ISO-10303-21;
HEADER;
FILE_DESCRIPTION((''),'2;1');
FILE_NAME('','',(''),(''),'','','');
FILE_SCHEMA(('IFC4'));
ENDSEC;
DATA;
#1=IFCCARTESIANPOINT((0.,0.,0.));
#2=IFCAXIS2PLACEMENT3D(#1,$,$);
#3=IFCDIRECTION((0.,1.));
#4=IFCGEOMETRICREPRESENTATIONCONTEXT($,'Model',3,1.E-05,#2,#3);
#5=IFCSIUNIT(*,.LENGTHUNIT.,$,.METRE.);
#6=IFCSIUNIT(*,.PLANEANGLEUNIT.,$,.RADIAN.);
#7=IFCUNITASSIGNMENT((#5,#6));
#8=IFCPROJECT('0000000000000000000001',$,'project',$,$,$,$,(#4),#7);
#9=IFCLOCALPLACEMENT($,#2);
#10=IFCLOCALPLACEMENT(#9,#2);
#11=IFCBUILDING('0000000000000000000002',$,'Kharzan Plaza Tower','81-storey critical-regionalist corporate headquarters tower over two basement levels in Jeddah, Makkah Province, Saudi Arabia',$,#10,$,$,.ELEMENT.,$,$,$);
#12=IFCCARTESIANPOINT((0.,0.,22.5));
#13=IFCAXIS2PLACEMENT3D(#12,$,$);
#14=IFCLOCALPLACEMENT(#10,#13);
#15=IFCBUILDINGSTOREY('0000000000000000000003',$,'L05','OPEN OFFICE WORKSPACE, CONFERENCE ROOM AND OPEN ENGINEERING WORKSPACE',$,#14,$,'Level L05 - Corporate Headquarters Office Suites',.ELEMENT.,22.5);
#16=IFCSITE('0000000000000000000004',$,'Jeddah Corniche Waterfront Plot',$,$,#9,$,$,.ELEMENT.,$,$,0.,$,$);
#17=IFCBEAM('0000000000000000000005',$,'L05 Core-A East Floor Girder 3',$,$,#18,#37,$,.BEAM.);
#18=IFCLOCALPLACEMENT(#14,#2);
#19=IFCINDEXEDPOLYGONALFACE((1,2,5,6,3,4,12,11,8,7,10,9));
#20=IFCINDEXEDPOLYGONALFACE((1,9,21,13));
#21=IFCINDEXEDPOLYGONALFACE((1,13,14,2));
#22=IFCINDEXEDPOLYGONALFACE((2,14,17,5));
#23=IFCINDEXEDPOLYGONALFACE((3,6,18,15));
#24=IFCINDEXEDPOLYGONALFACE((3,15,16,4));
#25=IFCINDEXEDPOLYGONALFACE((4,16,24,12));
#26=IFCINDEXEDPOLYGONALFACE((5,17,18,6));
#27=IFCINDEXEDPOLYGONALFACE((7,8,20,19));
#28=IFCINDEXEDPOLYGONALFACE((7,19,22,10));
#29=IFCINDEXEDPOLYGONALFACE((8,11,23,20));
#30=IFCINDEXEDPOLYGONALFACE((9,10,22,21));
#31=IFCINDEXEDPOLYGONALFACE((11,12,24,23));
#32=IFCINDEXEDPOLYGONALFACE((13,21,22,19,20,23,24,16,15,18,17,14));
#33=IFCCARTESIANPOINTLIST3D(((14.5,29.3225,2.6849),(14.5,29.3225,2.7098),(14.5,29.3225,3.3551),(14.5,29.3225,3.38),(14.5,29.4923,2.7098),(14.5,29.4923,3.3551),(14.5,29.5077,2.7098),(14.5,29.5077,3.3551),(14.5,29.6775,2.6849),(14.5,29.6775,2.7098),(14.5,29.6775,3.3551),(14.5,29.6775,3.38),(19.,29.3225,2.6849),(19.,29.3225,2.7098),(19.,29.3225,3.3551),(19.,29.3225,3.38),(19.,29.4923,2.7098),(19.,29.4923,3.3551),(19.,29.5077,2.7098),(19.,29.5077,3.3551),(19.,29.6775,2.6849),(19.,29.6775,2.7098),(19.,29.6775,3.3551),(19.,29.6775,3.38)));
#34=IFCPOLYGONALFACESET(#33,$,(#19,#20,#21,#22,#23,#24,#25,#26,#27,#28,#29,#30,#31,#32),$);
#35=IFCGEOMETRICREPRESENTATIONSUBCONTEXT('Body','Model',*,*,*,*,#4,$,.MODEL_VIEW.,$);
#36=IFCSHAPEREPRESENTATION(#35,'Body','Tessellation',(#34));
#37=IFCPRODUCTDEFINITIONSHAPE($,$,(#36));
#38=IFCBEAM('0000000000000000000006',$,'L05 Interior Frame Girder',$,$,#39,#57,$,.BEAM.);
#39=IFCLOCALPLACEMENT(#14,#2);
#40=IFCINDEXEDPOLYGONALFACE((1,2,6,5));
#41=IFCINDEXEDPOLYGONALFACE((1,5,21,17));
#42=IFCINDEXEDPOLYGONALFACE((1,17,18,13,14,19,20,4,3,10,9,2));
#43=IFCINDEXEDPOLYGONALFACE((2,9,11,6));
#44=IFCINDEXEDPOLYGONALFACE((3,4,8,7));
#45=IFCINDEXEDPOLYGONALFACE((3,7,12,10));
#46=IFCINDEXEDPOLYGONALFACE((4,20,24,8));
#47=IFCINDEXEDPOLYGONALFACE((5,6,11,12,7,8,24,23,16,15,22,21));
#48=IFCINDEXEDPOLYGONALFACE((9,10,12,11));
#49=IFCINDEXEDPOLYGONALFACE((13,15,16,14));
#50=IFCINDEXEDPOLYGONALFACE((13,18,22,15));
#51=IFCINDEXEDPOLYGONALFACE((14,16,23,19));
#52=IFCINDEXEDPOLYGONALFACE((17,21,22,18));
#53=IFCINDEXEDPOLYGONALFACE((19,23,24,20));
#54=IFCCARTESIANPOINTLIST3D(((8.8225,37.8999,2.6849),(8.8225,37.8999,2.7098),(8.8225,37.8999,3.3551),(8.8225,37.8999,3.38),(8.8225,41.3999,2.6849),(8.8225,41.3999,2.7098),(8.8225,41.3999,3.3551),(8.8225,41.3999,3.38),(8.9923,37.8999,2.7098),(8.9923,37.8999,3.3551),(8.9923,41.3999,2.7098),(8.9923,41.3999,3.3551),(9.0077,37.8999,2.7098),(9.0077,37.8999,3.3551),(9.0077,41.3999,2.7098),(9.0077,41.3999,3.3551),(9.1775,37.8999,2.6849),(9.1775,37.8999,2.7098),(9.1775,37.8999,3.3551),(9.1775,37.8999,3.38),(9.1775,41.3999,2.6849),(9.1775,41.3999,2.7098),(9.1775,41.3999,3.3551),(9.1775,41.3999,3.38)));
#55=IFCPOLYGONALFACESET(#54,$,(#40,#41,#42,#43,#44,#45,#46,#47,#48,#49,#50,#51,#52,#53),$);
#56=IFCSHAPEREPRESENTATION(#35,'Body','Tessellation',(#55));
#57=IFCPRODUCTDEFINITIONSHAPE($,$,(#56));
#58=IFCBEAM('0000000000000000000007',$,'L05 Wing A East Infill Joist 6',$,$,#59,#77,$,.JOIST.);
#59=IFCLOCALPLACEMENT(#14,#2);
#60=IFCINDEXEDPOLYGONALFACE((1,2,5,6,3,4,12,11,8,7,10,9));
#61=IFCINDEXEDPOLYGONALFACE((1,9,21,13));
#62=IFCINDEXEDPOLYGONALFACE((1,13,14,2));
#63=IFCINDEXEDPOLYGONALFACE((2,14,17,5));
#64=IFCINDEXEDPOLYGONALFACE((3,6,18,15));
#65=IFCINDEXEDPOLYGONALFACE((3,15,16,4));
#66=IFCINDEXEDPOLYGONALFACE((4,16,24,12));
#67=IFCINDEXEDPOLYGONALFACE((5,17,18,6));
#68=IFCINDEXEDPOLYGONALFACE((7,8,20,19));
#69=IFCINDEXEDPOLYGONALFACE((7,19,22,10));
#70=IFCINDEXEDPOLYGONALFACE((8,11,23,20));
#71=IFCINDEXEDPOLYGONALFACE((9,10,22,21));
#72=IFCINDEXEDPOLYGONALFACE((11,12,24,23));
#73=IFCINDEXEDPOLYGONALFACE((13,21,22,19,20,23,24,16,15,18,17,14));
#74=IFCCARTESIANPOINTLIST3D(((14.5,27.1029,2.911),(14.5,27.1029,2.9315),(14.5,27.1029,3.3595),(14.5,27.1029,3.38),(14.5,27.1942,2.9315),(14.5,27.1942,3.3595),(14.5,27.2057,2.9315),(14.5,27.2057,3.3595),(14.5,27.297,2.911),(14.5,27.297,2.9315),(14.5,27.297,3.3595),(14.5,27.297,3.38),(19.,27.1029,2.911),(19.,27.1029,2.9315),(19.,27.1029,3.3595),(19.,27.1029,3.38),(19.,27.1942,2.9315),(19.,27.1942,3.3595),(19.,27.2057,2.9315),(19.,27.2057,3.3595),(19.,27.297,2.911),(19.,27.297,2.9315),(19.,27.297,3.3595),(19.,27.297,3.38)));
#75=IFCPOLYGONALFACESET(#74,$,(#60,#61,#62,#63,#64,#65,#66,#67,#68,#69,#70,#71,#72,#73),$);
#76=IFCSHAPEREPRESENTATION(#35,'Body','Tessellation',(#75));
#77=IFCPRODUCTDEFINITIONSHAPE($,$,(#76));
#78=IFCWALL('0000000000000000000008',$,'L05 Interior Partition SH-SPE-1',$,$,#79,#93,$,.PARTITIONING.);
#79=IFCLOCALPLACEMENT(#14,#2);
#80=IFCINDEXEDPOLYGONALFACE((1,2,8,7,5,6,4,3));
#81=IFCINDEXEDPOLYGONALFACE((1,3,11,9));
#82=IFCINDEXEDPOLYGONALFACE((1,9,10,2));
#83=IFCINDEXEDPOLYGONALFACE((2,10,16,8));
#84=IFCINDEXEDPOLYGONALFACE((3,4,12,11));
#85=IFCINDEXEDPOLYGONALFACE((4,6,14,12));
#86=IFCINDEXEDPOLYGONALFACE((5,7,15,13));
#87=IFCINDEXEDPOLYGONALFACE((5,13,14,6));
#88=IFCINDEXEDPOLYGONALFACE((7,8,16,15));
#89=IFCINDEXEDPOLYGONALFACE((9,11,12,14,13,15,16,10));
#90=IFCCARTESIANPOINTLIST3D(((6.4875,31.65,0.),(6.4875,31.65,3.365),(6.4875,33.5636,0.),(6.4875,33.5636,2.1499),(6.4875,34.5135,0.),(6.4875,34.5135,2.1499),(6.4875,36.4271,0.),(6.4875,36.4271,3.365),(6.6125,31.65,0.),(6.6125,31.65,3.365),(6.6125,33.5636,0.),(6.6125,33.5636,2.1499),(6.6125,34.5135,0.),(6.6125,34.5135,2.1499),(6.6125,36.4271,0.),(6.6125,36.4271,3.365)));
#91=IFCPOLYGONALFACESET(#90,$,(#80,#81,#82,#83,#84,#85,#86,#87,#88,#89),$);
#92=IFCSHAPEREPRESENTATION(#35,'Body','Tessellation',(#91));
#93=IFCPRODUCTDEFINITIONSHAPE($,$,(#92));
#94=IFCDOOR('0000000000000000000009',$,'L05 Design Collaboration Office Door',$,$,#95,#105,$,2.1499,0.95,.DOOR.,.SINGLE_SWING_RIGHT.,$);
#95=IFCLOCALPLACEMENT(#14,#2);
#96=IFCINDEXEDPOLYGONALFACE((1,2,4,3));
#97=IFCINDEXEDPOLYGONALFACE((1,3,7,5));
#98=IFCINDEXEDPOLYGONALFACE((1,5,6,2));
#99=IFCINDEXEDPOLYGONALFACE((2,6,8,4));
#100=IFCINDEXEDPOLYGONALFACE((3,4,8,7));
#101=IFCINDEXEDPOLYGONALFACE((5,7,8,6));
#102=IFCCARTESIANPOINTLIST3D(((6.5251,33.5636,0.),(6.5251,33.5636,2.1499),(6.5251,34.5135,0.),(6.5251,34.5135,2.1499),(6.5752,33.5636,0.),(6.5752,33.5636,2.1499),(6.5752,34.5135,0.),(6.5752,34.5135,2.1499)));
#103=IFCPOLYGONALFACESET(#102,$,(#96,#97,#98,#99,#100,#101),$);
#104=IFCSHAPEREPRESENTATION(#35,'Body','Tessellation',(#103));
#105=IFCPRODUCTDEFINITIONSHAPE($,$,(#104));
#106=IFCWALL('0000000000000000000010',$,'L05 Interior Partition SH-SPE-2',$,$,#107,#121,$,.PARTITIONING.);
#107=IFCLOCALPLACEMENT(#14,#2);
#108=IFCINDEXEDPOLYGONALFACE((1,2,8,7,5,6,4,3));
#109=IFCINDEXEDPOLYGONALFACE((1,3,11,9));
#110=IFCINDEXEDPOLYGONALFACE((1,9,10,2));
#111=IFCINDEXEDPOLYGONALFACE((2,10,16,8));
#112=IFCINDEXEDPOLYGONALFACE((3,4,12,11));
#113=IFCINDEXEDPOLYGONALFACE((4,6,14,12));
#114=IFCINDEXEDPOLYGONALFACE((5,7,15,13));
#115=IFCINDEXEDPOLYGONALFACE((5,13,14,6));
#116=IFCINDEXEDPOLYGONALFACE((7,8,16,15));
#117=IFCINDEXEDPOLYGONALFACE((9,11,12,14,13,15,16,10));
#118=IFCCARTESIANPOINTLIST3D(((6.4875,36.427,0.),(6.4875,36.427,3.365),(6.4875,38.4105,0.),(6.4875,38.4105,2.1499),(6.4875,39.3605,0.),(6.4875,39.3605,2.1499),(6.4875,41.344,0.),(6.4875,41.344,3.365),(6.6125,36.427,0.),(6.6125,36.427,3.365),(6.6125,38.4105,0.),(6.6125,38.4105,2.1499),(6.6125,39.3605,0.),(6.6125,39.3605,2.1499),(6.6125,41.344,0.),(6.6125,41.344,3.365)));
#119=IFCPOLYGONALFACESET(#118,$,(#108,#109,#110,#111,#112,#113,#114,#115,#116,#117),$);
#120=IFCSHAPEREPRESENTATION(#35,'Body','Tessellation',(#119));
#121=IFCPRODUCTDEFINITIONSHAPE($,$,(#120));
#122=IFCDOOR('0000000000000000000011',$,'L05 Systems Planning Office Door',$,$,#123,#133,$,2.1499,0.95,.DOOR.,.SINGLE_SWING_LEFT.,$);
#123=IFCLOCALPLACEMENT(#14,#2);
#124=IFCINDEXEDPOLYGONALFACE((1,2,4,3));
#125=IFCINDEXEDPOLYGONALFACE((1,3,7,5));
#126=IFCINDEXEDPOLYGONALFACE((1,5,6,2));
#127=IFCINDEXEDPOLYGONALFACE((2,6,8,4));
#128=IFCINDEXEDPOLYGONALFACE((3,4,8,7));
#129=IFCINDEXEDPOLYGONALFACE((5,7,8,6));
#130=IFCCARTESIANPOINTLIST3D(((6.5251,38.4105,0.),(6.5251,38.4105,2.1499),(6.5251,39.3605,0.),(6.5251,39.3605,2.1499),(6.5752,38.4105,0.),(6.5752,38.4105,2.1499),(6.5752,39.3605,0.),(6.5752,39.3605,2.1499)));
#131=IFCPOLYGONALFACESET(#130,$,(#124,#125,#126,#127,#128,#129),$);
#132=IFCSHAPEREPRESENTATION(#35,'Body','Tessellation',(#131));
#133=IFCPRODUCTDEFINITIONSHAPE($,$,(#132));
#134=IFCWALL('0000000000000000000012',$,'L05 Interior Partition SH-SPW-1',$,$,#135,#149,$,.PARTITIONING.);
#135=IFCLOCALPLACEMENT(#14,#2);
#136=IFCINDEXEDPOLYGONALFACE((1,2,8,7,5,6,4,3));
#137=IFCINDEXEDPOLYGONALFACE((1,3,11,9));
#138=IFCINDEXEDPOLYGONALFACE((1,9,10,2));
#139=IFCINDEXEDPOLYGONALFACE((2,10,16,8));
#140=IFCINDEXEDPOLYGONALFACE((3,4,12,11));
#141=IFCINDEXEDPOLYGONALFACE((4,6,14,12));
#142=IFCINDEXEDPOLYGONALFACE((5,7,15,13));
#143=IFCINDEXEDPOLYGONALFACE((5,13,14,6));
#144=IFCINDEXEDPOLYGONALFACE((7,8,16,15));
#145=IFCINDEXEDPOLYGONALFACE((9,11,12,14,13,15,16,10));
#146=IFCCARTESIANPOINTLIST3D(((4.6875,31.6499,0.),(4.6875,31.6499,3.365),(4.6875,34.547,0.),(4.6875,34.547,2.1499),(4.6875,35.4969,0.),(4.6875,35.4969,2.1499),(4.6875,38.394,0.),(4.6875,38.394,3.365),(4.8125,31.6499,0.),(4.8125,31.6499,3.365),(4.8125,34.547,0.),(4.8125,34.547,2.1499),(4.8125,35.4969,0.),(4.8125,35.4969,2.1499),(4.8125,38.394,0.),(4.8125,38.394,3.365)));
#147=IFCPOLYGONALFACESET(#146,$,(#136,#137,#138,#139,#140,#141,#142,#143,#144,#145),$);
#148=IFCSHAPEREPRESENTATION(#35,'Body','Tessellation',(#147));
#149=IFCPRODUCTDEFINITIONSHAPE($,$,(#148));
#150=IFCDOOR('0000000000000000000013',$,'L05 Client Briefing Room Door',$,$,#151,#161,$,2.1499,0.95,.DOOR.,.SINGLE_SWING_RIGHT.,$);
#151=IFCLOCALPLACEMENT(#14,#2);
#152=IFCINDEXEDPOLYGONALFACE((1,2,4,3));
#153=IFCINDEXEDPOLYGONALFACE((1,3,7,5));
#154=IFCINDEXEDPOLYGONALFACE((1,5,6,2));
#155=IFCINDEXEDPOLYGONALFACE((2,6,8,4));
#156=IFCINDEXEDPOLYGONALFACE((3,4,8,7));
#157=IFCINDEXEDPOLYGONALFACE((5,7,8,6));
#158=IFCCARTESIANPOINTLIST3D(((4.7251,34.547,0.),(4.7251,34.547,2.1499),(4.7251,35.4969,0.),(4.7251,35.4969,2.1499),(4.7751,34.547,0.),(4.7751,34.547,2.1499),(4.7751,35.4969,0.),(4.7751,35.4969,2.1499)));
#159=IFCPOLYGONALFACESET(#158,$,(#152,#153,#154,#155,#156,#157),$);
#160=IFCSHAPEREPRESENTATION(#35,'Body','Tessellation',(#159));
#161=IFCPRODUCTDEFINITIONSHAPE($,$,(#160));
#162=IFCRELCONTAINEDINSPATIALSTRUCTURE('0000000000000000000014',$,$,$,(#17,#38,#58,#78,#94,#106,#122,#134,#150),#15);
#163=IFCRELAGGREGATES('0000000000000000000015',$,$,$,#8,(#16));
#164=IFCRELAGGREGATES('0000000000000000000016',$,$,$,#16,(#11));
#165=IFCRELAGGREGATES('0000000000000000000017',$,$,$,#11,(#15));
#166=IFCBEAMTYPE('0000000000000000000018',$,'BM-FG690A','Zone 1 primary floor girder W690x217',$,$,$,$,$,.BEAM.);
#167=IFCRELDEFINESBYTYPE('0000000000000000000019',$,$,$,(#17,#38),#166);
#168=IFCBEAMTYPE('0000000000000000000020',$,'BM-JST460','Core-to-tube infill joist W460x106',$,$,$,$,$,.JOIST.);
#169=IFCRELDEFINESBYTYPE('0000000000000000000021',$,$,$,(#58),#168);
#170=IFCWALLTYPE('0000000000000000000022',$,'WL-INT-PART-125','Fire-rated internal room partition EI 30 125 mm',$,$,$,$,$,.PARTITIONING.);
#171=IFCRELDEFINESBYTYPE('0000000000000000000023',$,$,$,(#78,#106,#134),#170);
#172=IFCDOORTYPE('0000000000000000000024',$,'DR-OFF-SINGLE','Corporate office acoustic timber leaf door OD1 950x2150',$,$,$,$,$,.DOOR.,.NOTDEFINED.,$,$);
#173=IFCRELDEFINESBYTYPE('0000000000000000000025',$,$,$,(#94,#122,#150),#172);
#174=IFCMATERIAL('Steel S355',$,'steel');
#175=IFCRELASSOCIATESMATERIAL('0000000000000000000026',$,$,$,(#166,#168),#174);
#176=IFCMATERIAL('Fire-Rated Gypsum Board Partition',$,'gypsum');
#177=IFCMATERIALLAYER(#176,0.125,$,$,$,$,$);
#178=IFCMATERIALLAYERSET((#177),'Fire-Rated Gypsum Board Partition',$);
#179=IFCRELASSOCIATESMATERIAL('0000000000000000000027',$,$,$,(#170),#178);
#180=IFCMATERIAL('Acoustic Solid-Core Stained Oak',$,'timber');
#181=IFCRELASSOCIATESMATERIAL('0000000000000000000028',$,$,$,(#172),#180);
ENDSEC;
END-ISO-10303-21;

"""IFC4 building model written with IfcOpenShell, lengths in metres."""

from ifc_helpers import new_model, si_unit, direction, frame, frame_2d, origin, origin_2d, place, context, subcontext, project, spatial, rectangle, i_section, extrude, source, transform, mapped, material, layer, layer_set, material_profile, profile_set, type_object, element, fill, save


model = new_model("IFC4")

# Units and contexts
model_context = context("Model", 3, precision=1e-05, world=origin(), true_north=direction((0.0, 1.0)))
body_context = subcontext(model_context, "Body", "Model", "MODEL_VIEW")
ifc_project = project(units=[si_unit("LENGTHUNIT", "METRE"), si_unit("PLANEANGLEUNIT", "RADIAN")], contexts=[model_context])

# Site, building, storey
site_placement = place(None, origin())
site = spatial("IfcSite", under=ifc_project, at=site_placement, Name="Jeddah Corniche Waterfront Plot", CompositionType="ELEMENT", RefElevation=0.0)
building_placement = place(site_placement, origin())
building = spatial("IfcBuilding", under=site, at=building_placement, Name="Kharzan Plaza Tower", Description="81-storey critical-regionalist corporate headquarters tower over two basement levels in Jeddah, Makkah Province, Saudi Arabia", CompositionType="ELEMENT")
storey_placement = place(building_placement, frame((0.0, 0.0, 22.5)))
storey = spatial("IfcBuildingStorey", under=building, at=storey_placement, Name="L05", Description="OPEN OFFICE WORKSPACE, CONFERENCE ROOM AND OPEN ENGINEERING WORKSPACE", LongName="Level L05 - Corporate Headquarters Office Suites", CompositionType="ELEMENT", Elevation=22.5)

# Beams
ifc_material_1 = material(Name="Steel S355", Category="steel")
ifc_material_profile_1 = material_profile(ifc_material_1, i_section(OverallWidth=0.355, OverallDepth=0.6951, WebThickness=0.0154, FlangeThickness=0.0249, at=origin_2d()), Name="W690x217")
ifc_profile_set_1 = profile_set([ifc_material_profile_1], Name="Steel S355")
beam_type_1 = type_object("IfcBeamType", Name="BM-FG690A", Description="Zone 1 primary floor girder W690x217", PredefinedType="BEAM", material=ifc_profile_set_1)
shared_shape_1 = source(origin(), body_context, "Body", "SweptSolid", [
    extrude(i_section(OverallWidth=0.355, OverallDepth=0.6951, WebThickness=0.0154, FlangeThickness=0.0249, at=origin_2d()), origin(), (0.0, 0.0, 1.0), 4.5),
])
beam_1_placement = place(storey_placement, frame((14.5, 29.5, 3.0325), z_axis=(1.0, 0.0, 0.0), x_axis=(0.0, 1.0, 0.0)))
element("IfcBeam", 1, at=beam_1_placement, inside=storey, type_object=beam_type_1, Name="L05 Core-A East Floor Girder 3", PredefinedType="BEAM", context=body_context, shape_type="MappedRepresentation", body=[
    mapped(shared_shape_1, transform((0.0, 0.0, 0.0), x_axis=(1.0, 0.0, 0.0), y_axis=(0.0, 1.0, 0.0), z_axis=(0.0, 0.0, 1.0))),
])
shared_shape_2 = source(origin(), body_context, "Body", "SweptSolid", [
    extrude(i_section(OverallWidth=0.355, OverallDepth=0.6951, WebThickness=0.0154, FlangeThickness=0.0249, at=origin_2d()), origin(), (0.0, 0.0, 1.0), 3.5),
])
beam_2_placement = place(storey_placement, frame((9.0, 37.8999, 3.0325), z_axis=(0.0, 1.0, 0.0), x_axis=(-1.0, 0.0, 0.0)))
element("IfcBeam", 2, at=beam_2_placement, inside=storey, type_object=beam_type_1, Name="L05 Interior Frame Girder", PredefinedType="BEAM", context=body_context, shape_type="MappedRepresentation", body=[
    mapped(shared_shape_2, transform((0.0, 0.0, 0.0), x_axis=(1.0, 0.0, 0.0), y_axis=(0.0, 1.0, 0.0), z_axis=(0.0, 0.0, 1.0))),
])
ifc_material_profile_2 = material_profile(ifc_material_1, i_section(OverallWidth=0.1941, OverallDepth=0.469, WebThickness=0.0115, FlangeThickness=0.0205, at=origin_2d()), Name="W460x106")
ifc_profile_set_2 = profile_set([ifc_material_profile_2], Name="Steel S355")
beam_type_2 = type_object("IfcBeamType", Name="BM-JST460", Description="Core-to-tube infill joist W460x106", PredefinedType="JOIST", material=ifc_profile_set_2)
shared_shape_3 = source(origin(), body_context, "Body", "SweptSolid", [
    extrude(i_section(OverallWidth=0.1941, OverallDepth=0.469, WebThickness=0.0115, FlangeThickness=0.0205, at=origin_2d()), origin(), (0.0, 0.0, 1.0), 4.5),
])
beam_3_placement = place(storey_placement, frame((14.5, 27.2, 3.1455), z_axis=(1.0, 0.0, 0.0), x_axis=(0.0, 1.0, 0.0)))
element("IfcBeam", 3, at=beam_3_placement, inside=storey, type_object=beam_type_2, Name="L05 Wing A East Infill Joist 6", PredefinedType="JOIST", context=body_context, shape_type="MappedRepresentation", body=[
    mapped(shared_shape_3, transform((0.0, 0.0, 0.0), x_axis=(1.0, 0.0, 0.0), y_axis=(0.0, 1.0, 0.0), z_axis=(0.0, 0.0, 1.0))),
])

# Walls, openings, doors
ifc_material_2 = material(Name="Fire-Rated Gypsum Board Partition", Category="gypsum")
ifc_layer_1 = layer(ifc_material_2, 0.125)
ifc_layer_set_1 = layer_set([ifc_layer_1], Name="Fire-Rated Gypsum Board Partition")
wall_type_1 = type_object("IfcWallType", Name="WL-INT-PART-125", Description="Fire-rated internal room partition EI 30 125 mm", PredefinedType="PARTITIONING", material=ifc_layer_set_1)
wall_1_placement = place(storey_placement, frame((6.55, 31.6499, 0.0), z_axis=(0.0, 0.0, 1.0), x_axis=(0.0, 1.0, 0.0)))
wall_1 = element("IfcWall", 4, at=wall_1_placement, inside=storey, type_object=wall_type_1, Name="L05 Interior Partition SH-SPE-1", PredefinedType="PARTITIONING", context=body_context, shape_type="SweptSolid", body=[
    extrude(rectangle(XDim=4.7771, YDim=0.125, at=frame_2d((2.3887, 0.0))), origin(), (0.0, 0.0, 1.0), 3.365),
])
opening_1_placement = place(wall_1_placement, frame((1.9136, 0.0, 0.0)))
opening_1 = element("IfcOpeningElement", 5, at=opening_1_placement, cuts=wall_1, PredefinedType="OPENING", context=body_context, shape_type="SweptSolid", body=[
    extrude(rectangle(XDim=0.95, YDim=2.1499, at=frame_2d((0.4751, 1.075))), frame((0.0, 0.0725, 0.0), z_axis=(0.0, -1.0, 0.0), x_axis=(1.0, 0.0, 0.0)), (0.0, 0.0, 1.0), 0.145),
])
ifc_material_3 = material(Name="Acoustic Solid-Core Stained Oak", Category="timber")
door_type = type_object("IfcDoorType", Name="DR-OFF-SINGLE", Description="Corporate office acoustic timber leaf door OD1 950x2150", OperationType="NOTDEFINED", PredefinedType="DOOR", material=ifc_material_3)
shared_shape_4 = source(origin(), body_context, "Body", "SweptSolid", [
    extrude(rectangle(XDim=0.95, YDim=2.1499, at=frame_2d((0.4751, 1.075))), frame((0.0, 0.0249, 0.0), z_axis=(0.0, -1.0, 0.0), x_axis=(1.0, 0.0, 0.0)), (0.0, 0.0, 1.0), 0.05),
])
door_1_placement = place(opening_1_placement, origin())
door_1 = element("IfcDoor", 6, at=door_1_placement, inside=storey, type_object=door_type, Name="L05 Design Collaboration Office Door", OperationType="SINGLE_SWING_RIGHT", OverallHeight=2.1499, OverallWidth=0.95, PredefinedType="DOOR", context=body_context, shape_type="MappedRepresentation", body=[
    mapped(shared_shape_4, transform((0.0, 0.0, 0.0), x_axis=(1.0, 0.0, 0.0), y_axis=(0.0, 1.0, 0.0), z_axis=(0.0, 0.0, 1.0))),
])
fill(opening_1, door_1)
wall_2_placement = place(storey_placement, frame((6.55, 36.427, 0.0), z_axis=(0.0, 0.0, 1.0), x_axis=(0.0, 1.0, 0.0)))
wall_2 = element("IfcWall", 7, at=wall_2_placement, inside=storey, type_object=wall_type_1, Name="L05 Interior Partition SH-SPE-2", PredefinedType="PARTITIONING", context=body_context, shape_type="SweptSolid", body=[
    extrude(rectangle(XDim=4.917, YDim=0.125, at=frame_2d((2.4585, 0.0))), origin(), (0.0, 0.0, 1.0), 3.365),
])
opening_2_placement = place(wall_2_placement, frame((1.9834, 0.0, 0.0)))
opening_2 = element("IfcOpeningElement", 8, at=opening_2_placement, cuts=wall_2, PredefinedType="OPENING", context=body_context, shape_type="SweptSolid", body=[
    extrude(rectangle(XDim=0.95, YDim=2.1499, at=frame_2d((0.4751, 1.075))), frame((0.0, 0.0725, 0.0), z_axis=(0.0, -1.0, 0.0), x_axis=(1.0, 0.0, 0.0)), (0.0, 0.0, 1.0), 0.145),
])
door_2_placement = place(opening_2_placement, origin())
door_2 = element("IfcDoor", 9, at=door_2_placement, inside=storey, type_object=door_type, Name="L05 Systems Planning Office Door", OperationType="SINGLE_SWING_LEFT", OverallHeight=2.1499, OverallWidth=0.95, PredefinedType="DOOR", context=body_context, shape_type="MappedRepresentation", body=[
    mapped(shared_shape_4, transform((0.0, 0.0, 0.0), x_axis=(1.0, 0.0, 0.0), y_axis=(0.0, 1.0, 0.0), z_axis=(0.0, 0.0, 1.0))),
])
fill(opening_2, door_2)
wall_3_placement = place(storey_placement, frame((4.75, 31.6499, 0.0), z_axis=(0.0, 0.0, 1.0), x_axis=(0.0, 1.0, 0.0)))
wall_3 = element("IfcWall", 10, at=wall_3_placement, inside=storey, type_object=wall_type_1, Name="L05 Interior Partition SH-SPW-1", PredefinedType="PARTITIONING", context=body_context, shape_type="SweptSolid", body=[
    extrude(rectangle(XDim=6.7441, YDim=0.125, at=frame_2d((3.3721, 0.0))), origin(), (0.0, 0.0, 1.0), 3.365),
])
opening_3_placement = place(wall_3_placement, frame((2.897, 0.0, 0.0)))
opening_3 = element("IfcOpeningElement", 11, at=opening_3_placement, cuts=wall_3, PredefinedType="OPENING", context=body_context, shape_type="SweptSolid", body=[
    extrude(rectangle(XDim=0.95, YDim=2.1499, at=frame_2d((0.4751, 1.075))), frame((0.0, 0.0725, 0.0), z_axis=(0.0, -1.0, 0.0), x_axis=(1.0, 0.0, 0.0)), (0.0, 0.0, 1.0), 0.145),
])
door_3_placement = place(opening_3_placement, origin())
door_3 = element("IfcDoor", 12, at=door_3_placement, inside=storey, type_object=door_type, Name="L05 Client Briefing Room Door", OperationType="SINGLE_SWING_RIGHT", OverallHeight=2.1499, OverallWidth=0.95, PredefinedType="DOOR", context=body_context, shape_type="MappedRepresentation", body=[
    mapped(shared_shape_4, transform((0.0, 0.0, 0.0), x_axis=(1.0, 0.0, 0.0), y_axis=(0.0, 1.0, 0.0), z_axis=(0.0, 0.0, 1.0))),
])
fill(opening_3, door_3)

save(model, "model.ifc")
